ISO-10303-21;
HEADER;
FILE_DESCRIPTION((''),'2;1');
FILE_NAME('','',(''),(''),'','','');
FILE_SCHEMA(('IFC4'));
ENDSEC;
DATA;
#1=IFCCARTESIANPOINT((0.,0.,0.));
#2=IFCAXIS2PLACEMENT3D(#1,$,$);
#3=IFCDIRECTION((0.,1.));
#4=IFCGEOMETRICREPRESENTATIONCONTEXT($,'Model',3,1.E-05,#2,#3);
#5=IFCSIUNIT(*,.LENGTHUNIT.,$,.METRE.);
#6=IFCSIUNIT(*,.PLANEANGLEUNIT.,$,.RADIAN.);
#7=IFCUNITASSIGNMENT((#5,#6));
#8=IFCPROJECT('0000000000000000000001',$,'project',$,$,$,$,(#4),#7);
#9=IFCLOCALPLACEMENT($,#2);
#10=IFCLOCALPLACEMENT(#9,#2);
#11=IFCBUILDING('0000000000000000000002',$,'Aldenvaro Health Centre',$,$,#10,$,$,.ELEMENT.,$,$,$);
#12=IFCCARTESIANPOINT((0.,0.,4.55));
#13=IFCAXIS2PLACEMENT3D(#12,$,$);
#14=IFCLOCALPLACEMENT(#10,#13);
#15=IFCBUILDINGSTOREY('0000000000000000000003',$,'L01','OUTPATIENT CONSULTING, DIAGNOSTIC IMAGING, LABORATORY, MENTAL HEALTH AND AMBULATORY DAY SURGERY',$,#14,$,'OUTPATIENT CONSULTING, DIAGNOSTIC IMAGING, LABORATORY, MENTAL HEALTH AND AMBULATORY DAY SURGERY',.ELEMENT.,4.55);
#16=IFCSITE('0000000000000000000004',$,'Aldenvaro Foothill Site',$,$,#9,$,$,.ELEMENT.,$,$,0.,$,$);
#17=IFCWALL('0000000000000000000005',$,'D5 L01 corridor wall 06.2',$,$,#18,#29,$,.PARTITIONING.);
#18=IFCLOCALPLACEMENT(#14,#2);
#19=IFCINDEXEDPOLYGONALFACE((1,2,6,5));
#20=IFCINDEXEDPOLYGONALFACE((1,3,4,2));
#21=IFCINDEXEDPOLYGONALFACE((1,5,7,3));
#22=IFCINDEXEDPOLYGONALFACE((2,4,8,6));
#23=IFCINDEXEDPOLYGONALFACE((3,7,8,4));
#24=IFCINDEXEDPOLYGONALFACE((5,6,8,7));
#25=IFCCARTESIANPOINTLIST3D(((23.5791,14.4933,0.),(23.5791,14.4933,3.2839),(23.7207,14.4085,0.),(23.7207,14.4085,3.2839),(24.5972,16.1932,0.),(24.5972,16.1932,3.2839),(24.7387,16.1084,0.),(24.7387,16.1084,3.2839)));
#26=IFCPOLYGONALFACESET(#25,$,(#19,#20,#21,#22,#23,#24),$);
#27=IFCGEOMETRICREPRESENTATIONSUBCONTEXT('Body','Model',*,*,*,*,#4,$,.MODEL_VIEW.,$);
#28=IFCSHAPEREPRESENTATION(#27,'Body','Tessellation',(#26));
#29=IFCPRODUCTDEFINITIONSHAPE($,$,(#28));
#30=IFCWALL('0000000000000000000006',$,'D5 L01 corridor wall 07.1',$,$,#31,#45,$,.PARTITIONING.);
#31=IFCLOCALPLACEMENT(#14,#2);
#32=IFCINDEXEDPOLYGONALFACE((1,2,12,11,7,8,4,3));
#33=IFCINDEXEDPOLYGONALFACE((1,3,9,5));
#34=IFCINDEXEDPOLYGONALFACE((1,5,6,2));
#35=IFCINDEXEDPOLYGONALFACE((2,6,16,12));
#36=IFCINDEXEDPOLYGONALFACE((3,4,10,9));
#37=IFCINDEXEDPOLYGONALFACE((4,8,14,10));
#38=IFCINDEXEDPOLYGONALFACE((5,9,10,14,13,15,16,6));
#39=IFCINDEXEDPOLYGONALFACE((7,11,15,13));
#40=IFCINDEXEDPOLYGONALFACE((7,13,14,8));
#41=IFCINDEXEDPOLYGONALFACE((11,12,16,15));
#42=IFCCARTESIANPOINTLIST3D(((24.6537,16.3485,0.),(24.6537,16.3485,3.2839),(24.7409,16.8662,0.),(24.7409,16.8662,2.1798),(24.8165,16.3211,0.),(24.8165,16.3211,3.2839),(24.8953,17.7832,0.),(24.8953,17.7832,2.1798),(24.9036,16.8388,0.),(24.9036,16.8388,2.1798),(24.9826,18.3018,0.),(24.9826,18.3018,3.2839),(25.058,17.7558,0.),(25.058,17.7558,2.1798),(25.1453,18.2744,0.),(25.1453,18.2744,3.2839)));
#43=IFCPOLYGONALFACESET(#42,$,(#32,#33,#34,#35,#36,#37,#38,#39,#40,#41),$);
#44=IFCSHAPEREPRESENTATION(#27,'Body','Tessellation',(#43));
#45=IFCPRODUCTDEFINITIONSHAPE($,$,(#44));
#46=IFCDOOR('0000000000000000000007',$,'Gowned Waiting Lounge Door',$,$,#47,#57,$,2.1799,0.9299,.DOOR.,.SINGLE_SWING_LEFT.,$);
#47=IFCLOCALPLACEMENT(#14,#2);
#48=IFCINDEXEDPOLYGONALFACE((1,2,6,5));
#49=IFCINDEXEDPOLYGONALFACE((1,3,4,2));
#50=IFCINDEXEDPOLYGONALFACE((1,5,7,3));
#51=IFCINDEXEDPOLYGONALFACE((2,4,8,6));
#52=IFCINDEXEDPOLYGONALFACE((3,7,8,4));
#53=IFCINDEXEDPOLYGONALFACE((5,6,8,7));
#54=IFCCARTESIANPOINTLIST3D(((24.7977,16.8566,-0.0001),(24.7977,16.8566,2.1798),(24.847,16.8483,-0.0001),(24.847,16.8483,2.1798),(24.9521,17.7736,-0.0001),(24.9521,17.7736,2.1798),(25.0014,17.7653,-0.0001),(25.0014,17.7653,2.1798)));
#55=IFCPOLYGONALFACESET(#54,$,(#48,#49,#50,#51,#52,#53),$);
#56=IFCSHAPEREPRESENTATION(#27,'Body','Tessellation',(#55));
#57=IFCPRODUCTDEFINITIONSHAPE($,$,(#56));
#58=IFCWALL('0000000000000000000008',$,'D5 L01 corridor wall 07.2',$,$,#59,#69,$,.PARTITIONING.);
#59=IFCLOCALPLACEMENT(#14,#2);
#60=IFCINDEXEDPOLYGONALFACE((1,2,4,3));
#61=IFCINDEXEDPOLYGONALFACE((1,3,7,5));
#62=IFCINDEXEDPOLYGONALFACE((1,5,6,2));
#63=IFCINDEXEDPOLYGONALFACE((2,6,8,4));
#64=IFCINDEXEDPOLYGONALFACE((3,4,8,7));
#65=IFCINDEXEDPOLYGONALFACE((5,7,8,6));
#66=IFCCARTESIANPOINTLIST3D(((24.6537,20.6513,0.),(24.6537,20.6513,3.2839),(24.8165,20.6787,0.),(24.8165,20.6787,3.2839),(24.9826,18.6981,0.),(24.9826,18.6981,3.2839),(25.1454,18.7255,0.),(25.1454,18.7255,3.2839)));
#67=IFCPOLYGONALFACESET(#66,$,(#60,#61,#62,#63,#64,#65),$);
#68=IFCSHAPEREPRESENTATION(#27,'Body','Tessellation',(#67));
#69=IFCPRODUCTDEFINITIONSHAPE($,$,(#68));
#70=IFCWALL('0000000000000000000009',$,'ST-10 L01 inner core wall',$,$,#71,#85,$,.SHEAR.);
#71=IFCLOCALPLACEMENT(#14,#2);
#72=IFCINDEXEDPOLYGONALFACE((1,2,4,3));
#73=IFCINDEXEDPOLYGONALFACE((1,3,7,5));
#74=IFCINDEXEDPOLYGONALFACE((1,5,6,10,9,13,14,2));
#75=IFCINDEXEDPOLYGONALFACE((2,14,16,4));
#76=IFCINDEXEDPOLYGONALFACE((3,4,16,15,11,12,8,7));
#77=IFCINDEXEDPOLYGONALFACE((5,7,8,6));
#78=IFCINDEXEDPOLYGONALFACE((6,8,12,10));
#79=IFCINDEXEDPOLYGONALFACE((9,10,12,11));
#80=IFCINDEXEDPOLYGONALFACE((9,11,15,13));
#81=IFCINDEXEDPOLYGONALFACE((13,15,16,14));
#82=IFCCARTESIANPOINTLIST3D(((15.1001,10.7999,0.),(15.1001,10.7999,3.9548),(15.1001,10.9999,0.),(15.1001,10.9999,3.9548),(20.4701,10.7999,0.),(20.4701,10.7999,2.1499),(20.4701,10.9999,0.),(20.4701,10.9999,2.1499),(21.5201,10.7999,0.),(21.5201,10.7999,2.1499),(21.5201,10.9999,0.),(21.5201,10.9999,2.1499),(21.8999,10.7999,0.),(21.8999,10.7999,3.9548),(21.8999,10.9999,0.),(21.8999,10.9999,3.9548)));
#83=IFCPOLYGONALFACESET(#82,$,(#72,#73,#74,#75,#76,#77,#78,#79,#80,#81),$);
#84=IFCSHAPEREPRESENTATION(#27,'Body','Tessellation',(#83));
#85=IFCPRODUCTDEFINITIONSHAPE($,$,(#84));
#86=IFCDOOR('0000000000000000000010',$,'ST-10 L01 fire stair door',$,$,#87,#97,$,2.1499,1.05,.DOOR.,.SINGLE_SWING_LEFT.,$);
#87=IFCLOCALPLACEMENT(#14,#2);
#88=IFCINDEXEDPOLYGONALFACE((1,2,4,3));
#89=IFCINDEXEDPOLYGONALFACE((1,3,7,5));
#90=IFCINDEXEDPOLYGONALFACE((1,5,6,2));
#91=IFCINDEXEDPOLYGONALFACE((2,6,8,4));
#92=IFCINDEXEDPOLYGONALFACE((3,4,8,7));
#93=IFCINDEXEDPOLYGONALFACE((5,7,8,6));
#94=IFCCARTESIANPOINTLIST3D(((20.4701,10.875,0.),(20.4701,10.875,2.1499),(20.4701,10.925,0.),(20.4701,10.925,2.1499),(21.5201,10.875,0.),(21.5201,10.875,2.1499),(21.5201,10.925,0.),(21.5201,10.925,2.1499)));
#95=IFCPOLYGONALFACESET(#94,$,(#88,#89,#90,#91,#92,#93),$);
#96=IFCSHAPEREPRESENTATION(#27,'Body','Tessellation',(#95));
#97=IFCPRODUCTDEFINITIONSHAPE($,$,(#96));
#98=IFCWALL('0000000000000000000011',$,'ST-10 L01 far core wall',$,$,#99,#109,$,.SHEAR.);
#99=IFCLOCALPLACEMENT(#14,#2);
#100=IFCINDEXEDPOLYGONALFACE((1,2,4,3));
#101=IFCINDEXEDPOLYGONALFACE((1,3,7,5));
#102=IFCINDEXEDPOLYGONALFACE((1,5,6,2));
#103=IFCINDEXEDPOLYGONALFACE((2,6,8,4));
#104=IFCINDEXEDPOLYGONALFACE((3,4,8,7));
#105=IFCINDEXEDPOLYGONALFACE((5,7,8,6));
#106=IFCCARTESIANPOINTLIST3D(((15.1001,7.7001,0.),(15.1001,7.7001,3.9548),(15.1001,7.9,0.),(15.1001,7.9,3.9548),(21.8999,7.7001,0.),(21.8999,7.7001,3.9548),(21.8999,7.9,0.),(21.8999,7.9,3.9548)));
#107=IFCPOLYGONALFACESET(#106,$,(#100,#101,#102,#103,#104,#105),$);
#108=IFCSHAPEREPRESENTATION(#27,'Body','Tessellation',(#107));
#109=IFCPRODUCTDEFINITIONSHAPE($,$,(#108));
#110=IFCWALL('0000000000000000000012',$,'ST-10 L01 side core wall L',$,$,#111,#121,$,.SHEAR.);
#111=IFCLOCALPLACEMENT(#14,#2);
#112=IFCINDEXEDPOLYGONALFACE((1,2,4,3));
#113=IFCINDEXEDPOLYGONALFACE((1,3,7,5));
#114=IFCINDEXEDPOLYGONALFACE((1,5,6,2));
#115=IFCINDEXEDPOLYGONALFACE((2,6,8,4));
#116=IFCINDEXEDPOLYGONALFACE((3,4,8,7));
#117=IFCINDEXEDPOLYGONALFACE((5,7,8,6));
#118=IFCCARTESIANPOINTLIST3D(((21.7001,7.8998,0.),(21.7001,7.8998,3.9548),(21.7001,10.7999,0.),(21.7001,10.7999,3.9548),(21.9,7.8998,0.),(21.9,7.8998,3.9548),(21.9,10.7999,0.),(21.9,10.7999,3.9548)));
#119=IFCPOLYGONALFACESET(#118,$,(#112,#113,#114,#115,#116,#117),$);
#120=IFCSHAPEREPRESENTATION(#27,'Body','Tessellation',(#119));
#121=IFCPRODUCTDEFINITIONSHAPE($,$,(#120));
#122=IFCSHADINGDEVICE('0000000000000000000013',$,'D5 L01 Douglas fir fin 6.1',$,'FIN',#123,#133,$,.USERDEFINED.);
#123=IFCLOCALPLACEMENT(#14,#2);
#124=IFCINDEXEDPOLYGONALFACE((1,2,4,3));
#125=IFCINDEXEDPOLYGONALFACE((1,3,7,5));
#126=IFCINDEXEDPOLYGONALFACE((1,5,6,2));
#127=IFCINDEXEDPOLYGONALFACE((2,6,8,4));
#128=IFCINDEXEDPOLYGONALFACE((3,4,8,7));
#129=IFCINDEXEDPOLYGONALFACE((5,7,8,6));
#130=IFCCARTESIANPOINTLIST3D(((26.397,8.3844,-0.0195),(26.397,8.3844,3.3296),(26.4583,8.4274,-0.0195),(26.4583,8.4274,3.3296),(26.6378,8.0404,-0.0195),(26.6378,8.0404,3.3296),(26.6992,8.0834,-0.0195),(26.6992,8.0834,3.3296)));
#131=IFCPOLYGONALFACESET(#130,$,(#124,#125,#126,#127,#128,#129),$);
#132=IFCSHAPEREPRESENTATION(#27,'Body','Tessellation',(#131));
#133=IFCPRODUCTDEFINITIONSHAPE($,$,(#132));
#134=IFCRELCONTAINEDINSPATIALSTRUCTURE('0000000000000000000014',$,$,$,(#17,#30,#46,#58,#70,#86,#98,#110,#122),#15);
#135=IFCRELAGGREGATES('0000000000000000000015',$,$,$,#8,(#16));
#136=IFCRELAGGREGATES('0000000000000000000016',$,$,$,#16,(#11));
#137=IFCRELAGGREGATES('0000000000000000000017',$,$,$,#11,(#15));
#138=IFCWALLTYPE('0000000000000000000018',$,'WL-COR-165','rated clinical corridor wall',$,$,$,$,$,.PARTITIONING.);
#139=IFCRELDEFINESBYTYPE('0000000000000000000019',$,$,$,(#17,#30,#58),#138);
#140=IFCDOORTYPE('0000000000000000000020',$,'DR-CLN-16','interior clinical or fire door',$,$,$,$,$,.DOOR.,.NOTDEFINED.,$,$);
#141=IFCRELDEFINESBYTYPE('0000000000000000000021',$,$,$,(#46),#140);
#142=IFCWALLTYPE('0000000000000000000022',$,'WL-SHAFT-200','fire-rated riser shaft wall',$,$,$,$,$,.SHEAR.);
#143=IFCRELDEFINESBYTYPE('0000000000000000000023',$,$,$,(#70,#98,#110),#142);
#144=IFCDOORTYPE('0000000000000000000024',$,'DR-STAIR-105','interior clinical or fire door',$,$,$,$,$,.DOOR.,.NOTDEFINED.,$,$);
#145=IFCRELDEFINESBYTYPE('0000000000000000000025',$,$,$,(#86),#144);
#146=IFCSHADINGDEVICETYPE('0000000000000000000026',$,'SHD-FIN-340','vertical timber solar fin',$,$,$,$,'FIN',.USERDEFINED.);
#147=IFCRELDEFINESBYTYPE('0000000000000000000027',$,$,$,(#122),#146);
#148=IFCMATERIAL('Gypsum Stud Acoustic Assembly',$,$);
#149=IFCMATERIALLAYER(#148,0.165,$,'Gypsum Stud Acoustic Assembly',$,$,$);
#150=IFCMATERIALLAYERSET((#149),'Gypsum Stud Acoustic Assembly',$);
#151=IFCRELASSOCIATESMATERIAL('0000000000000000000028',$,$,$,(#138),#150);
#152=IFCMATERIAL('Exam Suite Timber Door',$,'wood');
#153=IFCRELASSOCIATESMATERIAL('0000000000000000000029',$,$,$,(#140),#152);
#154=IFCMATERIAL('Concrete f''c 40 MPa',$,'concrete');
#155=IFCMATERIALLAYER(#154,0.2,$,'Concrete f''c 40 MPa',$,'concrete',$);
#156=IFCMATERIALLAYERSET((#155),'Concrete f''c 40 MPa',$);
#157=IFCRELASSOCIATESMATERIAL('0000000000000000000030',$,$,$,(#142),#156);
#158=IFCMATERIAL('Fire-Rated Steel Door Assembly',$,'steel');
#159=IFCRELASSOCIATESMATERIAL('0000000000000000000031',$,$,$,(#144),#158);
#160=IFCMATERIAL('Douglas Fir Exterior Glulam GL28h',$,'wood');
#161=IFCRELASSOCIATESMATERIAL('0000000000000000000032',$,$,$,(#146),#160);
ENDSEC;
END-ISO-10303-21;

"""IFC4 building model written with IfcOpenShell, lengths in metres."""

from ifc_helpers import new_model, si_unit, direction, frame, frame_2d, origin, origin_2d, place, context, subcontext, project, spatial, rectangle, extrude, material, layer, layer_set, type_object, element, fill, save


model = new_model("IFC4")

# Units and contexts
model_context = context("Model", 3, precision=1e-05, world=origin(), true_north=direction((0.0, 1.0)))
body_context = subcontext(model_context, "Body", "Model", "MODEL_VIEW")
ifc_project = project(units=[si_unit("LENGTHUNIT", "METRE"), si_unit("PLANEANGLEUNIT", "RADIAN")], contexts=[model_context])

# Site, building, storey
site_placement = place(None, origin())
site = spatial("IfcSite", under=ifc_project, at=site_placement, Name="Aldenvaro Foothill Site", CompositionType="ELEMENT", RefElevation=0.0)
building_placement = place(site_placement, origin())
building = spatial("IfcBuilding", under=site, at=building_placement, Name="Aldenvaro Health Centre", CompositionType="ELEMENT")
storey_placement = place(building_placement, frame((0.0, 0.0, 4.55)))
storey = spatial("IfcBuildingStorey", under=building, at=storey_placement, Name="L01", Description="OUTPATIENT CONSULTING, DIAGNOSTIC IMAGING, LABORATORY, MENTAL HEALTH AND AMBULATORY DAY SURGERY", LongName="OUTPATIENT CONSULTING, DIAGNOSTIC IMAGING, LABORATORY, MENTAL HEALTH AND AMBULATORY DAY SURGERY", CompositionType="ELEMENT", Elevation=4.55)

# Shared definitions
ifc_material_1 = material(Name="Gypsum Stud Acoustic Assembly")

# Shared definitions
ifc_layer_1 = layer(ifc_material_1, 0.165, Name="Gypsum Stud Acoustic Assembly")
ifc_layer_set_1 = layer_set([ifc_layer_1], Name="Gypsum Stud Acoustic Assembly")
wall_type_1 = type_object("IfcWallType", Name="WL-COR-165", Description="rated clinical corridor wall", PredefinedType="PARTITIONING", material=ifc_layer_set_1)
ifc_material_2 = material(Name="Exam Suite Timber Door", Category="wood")

# Wall
wall_1_placement = place(storey_placement, frame((23.6499, 14.4509, 0.0), z_axis=(0.0, 0.0, 1.0), x_axis=(0.513789, 0.857917, 0.0)))
element("IfcWall", 1, at=wall_1_placement, inside=storey, type_object=wall_type_1, Name="D5 L01 corridor wall 06.2", PredefinedType="PARTITIONING", context=body_context, shape_type="SweptSolid", body=[
    extrude(rectangle(XDim=1.9814, YDim=0.165, at=frame_2d((0.9907, 0.0))), origin(), (0.0, 0.0, 1.0), 3.2839),
])

# Wall, opening, door
wall_2_placement = place(storey_placement, frame((24.7351, 16.335, 0.0), z_axis=(0.0, 0.0, 1.0), x_axis=(0.166038, 0.986119, 0.0)))
wall_2 = element("IfcWall", 2, at=wall_2_placement, inside=storey, type_object=wall_type_1, Name="D5 L01 corridor wall 07.1", PredefinedType="PARTITIONING", context=body_context, shape_type="SweptSolid", body=[
    extrude(rectangle(XDim=1.9807, YDim=0.165, at=frame_2d((0.9902, 0.0))), origin(), (0.0, 0.0, 1.0), 3.2839),
])
opening_1_placement = place(wall_2_placement, frame((0.5249, 0.0, 0.0)))
opening_1 = element("IfcOpeningElement", 3, at=opening_1_placement, cuts=wall_2, PredefinedType="OPENING", context=body_context, shape_type="SweptSolid", body=[
    extrude(rectangle(XDim=0.9299, YDim=2.1799, at=frame_2d((0.4648, 1.0898))), frame((0.0, 0.0925, 0.0), z_axis=(0.0, -1.0, 0.0), x_axis=(1.0, 0.0, 0.0)), (0.0, 0.0, 1.0), 0.1851),
])
door_type_1 = type_object("IfcDoorType", Name="DR-CLN-16", Description="interior clinical or fire door", OperationType="NOTDEFINED", PredefinedType="DOOR", material=ifc_material_2)
door_1_placement = place(opening_1_placement, origin())
door_1 = element("IfcDoor", 4, at=door_1_placement, inside=storey, type_object=door_type_1, Name="Gowned Waiting Lounge Door", OperationType="SINGLE_SWING_LEFT", OverallHeight=2.1799, OverallWidth=0.9299, PredefinedType="DOOR", context=body_context, shape_type="SweptSolid", body=[
    extrude(rectangle(XDim=0.9299, YDim=2.1799, at=frame_2d((0.4648, 1.0898))), frame((0.0, 0.0249, 0.0), z_axis=(0.0, -1.0, 0.0), x_axis=(1.0, 0.0, 0.0)), (0.0, 0.0, 1.0), 0.05),
])
fill(opening_1, door_1)

# Wall
wall_3_placement = place(storey_placement, frame((25.064, 18.7119, 0.0), z_axis=(0.0, 0.0, 1.0), x_axis=(-0.166038, 0.986119, 0.0)))
element("IfcWall", 5, at=wall_3_placement, inside=storey, type_object=wall_type_1, Name="D5 L01 corridor wall 07.2", PredefinedType="PARTITIONING", context=body_context, shape_type="SweptSolid", body=[
    extrude(rectangle(XDim=1.9807, YDim=0.165, at=frame_2d((0.9902, 0.0))), origin(), (0.0, 0.0, 1.0), 3.2839),
])

# Wall, opening, door
ifc_material_3 = material(Name="Concrete f'c 40 MPa", Category="concrete")
ifc_layer_2 = layer(ifc_material_3, 0.2, Name="Concrete f'c 40 MPa", Category="concrete")
ifc_layer_set_2 = layer_set([ifc_layer_2], Name="Concrete f'c 40 MPa")
wall_type_2 = type_object("IfcWallType", Name="WL-SHAFT-200", Description="fire-rated riser shaft wall", PredefinedType="SHEAR", material=ifc_layer_set_2)
wall_4_placement = place(storey_placement, frame((21.8999, 10.8999, 0.0), z_axis=(0.0, 0.0, 1.0), x_axis=(-1.0, 0.0, 0.0)))
wall_4 = element("IfcWall", 6, at=wall_4_placement, inside=storey, type_object=wall_type_2, Name="ST-10 L01 inner core wall", PredefinedType="SHEAR", context=body_context, shape_type="SweptSolid", body=[
    extrude(rectangle(XDim=6.7998, YDim=0.2, at=frame_2d((3.3999, 0.0))), origin(), (0.0, 0.0, 1.0), 3.9548),
])
opening_2_placement = place(wall_4_placement, frame((0.3799, 0.0, 0.0)))
opening_2 = element("IfcOpeningElement", 7, at=opening_2_placement, cuts=wall_4, PredefinedType="OPENING", context=body_context, shape_type="SweptSolid", body=[
    extrude(rectangle(XDim=1.05, YDim=2.1499, at=frame_2d((0.5249, 1.075))), frame((0.0, 0.1099, 0.0), z_axis=(0.0, -1.0, 0.0), x_axis=(1.0, 0.0, 0.0)), (0.0, 0.0, 1.0), 0.22),
])
ifc_material_4 = material(Name="Fire-Rated Steel Door Assembly", Category="steel")
door_type_2 = type_object("IfcDoorType", Name="DR-STAIR-105", Description="interior clinical or fire door", OperationType="NOTDEFINED", PredefinedType="DOOR", material=ifc_material_4)
door_2_placement = place(opening_2_placement, origin())
door_2 = element("IfcDoor", 8, at=door_2_placement, inside=storey, type_object=door_type_2, Name="ST-10 L01 fire stair door", OperationType="SINGLE_SWING_LEFT", OverallHeight=2.1499, OverallWidth=1.05, PredefinedType="DOOR", context=body_context, shape_type="SweptSolid", body=[
    extrude(rectangle(XDim=1.05, YDim=2.1499, at=frame_2d((0.5249, 1.075))), frame((0.0, 0.0249, 0.0), z_axis=(0.0, -1.0, 0.0), x_axis=(1.0, 0.0, 0.0)), (0.0, 0.0, 1.0), 0.05),
])
fill(opening_2, door_2)

# Walls
wall_5_placement = place(storey_placement, frame((21.8999, 7.8, 0.0), z_axis=(0.0, 0.0, 1.0), x_axis=(-1.0, 0.0, 0.0)))
element("IfcWall", 9, at=wall_5_placement, inside=storey, type_object=wall_type_2, Name="ST-10 L01 far core wall", PredefinedType="SHEAR", context=body_context, shape_type="SweptSolid", body=[
    extrude(rectangle(XDim=6.7998, YDim=0.2, at=frame_2d((3.3999, 0.0))), origin(), (0.0, 0.0, 1.0), 3.9548),
])
wall_6_placement = place(storey_placement, frame((21.8, 10.8, 0.0), z_axis=(0.0, 0.0, 1.0), x_axis=(0.0, -1.0, 0.0)))
element("IfcWall", 10, at=wall_6_placement, inside=storey, type_object=wall_type_2, Name="ST-10 L01 side core wall L", PredefinedType="SHEAR", context=body_context, shape_type="SweptSolid", body=[
    extrude(rectangle(XDim=2.9001, YDim=0.2, at=frame_2d((1.4502, 0.0))), origin(), (0.0, 0.0, 1.0), 3.9548),
])

# Shading device
ifc_material_5 = material(Name="Douglas Fir Exterior Glulam GL28h", Category="wood")
shading_device_type = type_object("IfcShadingDeviceType", Name="SHD-FIN-340", Description="vertical timber solar fin", ElementType="FIN", PredefinedType="USERDEFINED", material=ifc_material_5)
shading_device_placement = place(storey_placement, frame((26.5481, 8.2339, -0.0195), z_axis=(0.0, 0.0, 1.0), x_axis=(-0.819107, -0.573641, 0.0)))
element("IfcShadingDevice", 11, at=shading_device_placement, inside=storey, type_object=shading_device_type, Name="D5 L01 Douglas fir fin 6.1", ObjectType="FIN", PredefinedType="USERDEFINED", context=body_context, shape_type="SweptSolid", body=[
    extrude(rectangle(XDim=0.075, YDim=0.4199, at=origin_2d()), origin(), (0.0, 0.0, 1.0), 3.3491),
])

save(model, "model.ifc")
